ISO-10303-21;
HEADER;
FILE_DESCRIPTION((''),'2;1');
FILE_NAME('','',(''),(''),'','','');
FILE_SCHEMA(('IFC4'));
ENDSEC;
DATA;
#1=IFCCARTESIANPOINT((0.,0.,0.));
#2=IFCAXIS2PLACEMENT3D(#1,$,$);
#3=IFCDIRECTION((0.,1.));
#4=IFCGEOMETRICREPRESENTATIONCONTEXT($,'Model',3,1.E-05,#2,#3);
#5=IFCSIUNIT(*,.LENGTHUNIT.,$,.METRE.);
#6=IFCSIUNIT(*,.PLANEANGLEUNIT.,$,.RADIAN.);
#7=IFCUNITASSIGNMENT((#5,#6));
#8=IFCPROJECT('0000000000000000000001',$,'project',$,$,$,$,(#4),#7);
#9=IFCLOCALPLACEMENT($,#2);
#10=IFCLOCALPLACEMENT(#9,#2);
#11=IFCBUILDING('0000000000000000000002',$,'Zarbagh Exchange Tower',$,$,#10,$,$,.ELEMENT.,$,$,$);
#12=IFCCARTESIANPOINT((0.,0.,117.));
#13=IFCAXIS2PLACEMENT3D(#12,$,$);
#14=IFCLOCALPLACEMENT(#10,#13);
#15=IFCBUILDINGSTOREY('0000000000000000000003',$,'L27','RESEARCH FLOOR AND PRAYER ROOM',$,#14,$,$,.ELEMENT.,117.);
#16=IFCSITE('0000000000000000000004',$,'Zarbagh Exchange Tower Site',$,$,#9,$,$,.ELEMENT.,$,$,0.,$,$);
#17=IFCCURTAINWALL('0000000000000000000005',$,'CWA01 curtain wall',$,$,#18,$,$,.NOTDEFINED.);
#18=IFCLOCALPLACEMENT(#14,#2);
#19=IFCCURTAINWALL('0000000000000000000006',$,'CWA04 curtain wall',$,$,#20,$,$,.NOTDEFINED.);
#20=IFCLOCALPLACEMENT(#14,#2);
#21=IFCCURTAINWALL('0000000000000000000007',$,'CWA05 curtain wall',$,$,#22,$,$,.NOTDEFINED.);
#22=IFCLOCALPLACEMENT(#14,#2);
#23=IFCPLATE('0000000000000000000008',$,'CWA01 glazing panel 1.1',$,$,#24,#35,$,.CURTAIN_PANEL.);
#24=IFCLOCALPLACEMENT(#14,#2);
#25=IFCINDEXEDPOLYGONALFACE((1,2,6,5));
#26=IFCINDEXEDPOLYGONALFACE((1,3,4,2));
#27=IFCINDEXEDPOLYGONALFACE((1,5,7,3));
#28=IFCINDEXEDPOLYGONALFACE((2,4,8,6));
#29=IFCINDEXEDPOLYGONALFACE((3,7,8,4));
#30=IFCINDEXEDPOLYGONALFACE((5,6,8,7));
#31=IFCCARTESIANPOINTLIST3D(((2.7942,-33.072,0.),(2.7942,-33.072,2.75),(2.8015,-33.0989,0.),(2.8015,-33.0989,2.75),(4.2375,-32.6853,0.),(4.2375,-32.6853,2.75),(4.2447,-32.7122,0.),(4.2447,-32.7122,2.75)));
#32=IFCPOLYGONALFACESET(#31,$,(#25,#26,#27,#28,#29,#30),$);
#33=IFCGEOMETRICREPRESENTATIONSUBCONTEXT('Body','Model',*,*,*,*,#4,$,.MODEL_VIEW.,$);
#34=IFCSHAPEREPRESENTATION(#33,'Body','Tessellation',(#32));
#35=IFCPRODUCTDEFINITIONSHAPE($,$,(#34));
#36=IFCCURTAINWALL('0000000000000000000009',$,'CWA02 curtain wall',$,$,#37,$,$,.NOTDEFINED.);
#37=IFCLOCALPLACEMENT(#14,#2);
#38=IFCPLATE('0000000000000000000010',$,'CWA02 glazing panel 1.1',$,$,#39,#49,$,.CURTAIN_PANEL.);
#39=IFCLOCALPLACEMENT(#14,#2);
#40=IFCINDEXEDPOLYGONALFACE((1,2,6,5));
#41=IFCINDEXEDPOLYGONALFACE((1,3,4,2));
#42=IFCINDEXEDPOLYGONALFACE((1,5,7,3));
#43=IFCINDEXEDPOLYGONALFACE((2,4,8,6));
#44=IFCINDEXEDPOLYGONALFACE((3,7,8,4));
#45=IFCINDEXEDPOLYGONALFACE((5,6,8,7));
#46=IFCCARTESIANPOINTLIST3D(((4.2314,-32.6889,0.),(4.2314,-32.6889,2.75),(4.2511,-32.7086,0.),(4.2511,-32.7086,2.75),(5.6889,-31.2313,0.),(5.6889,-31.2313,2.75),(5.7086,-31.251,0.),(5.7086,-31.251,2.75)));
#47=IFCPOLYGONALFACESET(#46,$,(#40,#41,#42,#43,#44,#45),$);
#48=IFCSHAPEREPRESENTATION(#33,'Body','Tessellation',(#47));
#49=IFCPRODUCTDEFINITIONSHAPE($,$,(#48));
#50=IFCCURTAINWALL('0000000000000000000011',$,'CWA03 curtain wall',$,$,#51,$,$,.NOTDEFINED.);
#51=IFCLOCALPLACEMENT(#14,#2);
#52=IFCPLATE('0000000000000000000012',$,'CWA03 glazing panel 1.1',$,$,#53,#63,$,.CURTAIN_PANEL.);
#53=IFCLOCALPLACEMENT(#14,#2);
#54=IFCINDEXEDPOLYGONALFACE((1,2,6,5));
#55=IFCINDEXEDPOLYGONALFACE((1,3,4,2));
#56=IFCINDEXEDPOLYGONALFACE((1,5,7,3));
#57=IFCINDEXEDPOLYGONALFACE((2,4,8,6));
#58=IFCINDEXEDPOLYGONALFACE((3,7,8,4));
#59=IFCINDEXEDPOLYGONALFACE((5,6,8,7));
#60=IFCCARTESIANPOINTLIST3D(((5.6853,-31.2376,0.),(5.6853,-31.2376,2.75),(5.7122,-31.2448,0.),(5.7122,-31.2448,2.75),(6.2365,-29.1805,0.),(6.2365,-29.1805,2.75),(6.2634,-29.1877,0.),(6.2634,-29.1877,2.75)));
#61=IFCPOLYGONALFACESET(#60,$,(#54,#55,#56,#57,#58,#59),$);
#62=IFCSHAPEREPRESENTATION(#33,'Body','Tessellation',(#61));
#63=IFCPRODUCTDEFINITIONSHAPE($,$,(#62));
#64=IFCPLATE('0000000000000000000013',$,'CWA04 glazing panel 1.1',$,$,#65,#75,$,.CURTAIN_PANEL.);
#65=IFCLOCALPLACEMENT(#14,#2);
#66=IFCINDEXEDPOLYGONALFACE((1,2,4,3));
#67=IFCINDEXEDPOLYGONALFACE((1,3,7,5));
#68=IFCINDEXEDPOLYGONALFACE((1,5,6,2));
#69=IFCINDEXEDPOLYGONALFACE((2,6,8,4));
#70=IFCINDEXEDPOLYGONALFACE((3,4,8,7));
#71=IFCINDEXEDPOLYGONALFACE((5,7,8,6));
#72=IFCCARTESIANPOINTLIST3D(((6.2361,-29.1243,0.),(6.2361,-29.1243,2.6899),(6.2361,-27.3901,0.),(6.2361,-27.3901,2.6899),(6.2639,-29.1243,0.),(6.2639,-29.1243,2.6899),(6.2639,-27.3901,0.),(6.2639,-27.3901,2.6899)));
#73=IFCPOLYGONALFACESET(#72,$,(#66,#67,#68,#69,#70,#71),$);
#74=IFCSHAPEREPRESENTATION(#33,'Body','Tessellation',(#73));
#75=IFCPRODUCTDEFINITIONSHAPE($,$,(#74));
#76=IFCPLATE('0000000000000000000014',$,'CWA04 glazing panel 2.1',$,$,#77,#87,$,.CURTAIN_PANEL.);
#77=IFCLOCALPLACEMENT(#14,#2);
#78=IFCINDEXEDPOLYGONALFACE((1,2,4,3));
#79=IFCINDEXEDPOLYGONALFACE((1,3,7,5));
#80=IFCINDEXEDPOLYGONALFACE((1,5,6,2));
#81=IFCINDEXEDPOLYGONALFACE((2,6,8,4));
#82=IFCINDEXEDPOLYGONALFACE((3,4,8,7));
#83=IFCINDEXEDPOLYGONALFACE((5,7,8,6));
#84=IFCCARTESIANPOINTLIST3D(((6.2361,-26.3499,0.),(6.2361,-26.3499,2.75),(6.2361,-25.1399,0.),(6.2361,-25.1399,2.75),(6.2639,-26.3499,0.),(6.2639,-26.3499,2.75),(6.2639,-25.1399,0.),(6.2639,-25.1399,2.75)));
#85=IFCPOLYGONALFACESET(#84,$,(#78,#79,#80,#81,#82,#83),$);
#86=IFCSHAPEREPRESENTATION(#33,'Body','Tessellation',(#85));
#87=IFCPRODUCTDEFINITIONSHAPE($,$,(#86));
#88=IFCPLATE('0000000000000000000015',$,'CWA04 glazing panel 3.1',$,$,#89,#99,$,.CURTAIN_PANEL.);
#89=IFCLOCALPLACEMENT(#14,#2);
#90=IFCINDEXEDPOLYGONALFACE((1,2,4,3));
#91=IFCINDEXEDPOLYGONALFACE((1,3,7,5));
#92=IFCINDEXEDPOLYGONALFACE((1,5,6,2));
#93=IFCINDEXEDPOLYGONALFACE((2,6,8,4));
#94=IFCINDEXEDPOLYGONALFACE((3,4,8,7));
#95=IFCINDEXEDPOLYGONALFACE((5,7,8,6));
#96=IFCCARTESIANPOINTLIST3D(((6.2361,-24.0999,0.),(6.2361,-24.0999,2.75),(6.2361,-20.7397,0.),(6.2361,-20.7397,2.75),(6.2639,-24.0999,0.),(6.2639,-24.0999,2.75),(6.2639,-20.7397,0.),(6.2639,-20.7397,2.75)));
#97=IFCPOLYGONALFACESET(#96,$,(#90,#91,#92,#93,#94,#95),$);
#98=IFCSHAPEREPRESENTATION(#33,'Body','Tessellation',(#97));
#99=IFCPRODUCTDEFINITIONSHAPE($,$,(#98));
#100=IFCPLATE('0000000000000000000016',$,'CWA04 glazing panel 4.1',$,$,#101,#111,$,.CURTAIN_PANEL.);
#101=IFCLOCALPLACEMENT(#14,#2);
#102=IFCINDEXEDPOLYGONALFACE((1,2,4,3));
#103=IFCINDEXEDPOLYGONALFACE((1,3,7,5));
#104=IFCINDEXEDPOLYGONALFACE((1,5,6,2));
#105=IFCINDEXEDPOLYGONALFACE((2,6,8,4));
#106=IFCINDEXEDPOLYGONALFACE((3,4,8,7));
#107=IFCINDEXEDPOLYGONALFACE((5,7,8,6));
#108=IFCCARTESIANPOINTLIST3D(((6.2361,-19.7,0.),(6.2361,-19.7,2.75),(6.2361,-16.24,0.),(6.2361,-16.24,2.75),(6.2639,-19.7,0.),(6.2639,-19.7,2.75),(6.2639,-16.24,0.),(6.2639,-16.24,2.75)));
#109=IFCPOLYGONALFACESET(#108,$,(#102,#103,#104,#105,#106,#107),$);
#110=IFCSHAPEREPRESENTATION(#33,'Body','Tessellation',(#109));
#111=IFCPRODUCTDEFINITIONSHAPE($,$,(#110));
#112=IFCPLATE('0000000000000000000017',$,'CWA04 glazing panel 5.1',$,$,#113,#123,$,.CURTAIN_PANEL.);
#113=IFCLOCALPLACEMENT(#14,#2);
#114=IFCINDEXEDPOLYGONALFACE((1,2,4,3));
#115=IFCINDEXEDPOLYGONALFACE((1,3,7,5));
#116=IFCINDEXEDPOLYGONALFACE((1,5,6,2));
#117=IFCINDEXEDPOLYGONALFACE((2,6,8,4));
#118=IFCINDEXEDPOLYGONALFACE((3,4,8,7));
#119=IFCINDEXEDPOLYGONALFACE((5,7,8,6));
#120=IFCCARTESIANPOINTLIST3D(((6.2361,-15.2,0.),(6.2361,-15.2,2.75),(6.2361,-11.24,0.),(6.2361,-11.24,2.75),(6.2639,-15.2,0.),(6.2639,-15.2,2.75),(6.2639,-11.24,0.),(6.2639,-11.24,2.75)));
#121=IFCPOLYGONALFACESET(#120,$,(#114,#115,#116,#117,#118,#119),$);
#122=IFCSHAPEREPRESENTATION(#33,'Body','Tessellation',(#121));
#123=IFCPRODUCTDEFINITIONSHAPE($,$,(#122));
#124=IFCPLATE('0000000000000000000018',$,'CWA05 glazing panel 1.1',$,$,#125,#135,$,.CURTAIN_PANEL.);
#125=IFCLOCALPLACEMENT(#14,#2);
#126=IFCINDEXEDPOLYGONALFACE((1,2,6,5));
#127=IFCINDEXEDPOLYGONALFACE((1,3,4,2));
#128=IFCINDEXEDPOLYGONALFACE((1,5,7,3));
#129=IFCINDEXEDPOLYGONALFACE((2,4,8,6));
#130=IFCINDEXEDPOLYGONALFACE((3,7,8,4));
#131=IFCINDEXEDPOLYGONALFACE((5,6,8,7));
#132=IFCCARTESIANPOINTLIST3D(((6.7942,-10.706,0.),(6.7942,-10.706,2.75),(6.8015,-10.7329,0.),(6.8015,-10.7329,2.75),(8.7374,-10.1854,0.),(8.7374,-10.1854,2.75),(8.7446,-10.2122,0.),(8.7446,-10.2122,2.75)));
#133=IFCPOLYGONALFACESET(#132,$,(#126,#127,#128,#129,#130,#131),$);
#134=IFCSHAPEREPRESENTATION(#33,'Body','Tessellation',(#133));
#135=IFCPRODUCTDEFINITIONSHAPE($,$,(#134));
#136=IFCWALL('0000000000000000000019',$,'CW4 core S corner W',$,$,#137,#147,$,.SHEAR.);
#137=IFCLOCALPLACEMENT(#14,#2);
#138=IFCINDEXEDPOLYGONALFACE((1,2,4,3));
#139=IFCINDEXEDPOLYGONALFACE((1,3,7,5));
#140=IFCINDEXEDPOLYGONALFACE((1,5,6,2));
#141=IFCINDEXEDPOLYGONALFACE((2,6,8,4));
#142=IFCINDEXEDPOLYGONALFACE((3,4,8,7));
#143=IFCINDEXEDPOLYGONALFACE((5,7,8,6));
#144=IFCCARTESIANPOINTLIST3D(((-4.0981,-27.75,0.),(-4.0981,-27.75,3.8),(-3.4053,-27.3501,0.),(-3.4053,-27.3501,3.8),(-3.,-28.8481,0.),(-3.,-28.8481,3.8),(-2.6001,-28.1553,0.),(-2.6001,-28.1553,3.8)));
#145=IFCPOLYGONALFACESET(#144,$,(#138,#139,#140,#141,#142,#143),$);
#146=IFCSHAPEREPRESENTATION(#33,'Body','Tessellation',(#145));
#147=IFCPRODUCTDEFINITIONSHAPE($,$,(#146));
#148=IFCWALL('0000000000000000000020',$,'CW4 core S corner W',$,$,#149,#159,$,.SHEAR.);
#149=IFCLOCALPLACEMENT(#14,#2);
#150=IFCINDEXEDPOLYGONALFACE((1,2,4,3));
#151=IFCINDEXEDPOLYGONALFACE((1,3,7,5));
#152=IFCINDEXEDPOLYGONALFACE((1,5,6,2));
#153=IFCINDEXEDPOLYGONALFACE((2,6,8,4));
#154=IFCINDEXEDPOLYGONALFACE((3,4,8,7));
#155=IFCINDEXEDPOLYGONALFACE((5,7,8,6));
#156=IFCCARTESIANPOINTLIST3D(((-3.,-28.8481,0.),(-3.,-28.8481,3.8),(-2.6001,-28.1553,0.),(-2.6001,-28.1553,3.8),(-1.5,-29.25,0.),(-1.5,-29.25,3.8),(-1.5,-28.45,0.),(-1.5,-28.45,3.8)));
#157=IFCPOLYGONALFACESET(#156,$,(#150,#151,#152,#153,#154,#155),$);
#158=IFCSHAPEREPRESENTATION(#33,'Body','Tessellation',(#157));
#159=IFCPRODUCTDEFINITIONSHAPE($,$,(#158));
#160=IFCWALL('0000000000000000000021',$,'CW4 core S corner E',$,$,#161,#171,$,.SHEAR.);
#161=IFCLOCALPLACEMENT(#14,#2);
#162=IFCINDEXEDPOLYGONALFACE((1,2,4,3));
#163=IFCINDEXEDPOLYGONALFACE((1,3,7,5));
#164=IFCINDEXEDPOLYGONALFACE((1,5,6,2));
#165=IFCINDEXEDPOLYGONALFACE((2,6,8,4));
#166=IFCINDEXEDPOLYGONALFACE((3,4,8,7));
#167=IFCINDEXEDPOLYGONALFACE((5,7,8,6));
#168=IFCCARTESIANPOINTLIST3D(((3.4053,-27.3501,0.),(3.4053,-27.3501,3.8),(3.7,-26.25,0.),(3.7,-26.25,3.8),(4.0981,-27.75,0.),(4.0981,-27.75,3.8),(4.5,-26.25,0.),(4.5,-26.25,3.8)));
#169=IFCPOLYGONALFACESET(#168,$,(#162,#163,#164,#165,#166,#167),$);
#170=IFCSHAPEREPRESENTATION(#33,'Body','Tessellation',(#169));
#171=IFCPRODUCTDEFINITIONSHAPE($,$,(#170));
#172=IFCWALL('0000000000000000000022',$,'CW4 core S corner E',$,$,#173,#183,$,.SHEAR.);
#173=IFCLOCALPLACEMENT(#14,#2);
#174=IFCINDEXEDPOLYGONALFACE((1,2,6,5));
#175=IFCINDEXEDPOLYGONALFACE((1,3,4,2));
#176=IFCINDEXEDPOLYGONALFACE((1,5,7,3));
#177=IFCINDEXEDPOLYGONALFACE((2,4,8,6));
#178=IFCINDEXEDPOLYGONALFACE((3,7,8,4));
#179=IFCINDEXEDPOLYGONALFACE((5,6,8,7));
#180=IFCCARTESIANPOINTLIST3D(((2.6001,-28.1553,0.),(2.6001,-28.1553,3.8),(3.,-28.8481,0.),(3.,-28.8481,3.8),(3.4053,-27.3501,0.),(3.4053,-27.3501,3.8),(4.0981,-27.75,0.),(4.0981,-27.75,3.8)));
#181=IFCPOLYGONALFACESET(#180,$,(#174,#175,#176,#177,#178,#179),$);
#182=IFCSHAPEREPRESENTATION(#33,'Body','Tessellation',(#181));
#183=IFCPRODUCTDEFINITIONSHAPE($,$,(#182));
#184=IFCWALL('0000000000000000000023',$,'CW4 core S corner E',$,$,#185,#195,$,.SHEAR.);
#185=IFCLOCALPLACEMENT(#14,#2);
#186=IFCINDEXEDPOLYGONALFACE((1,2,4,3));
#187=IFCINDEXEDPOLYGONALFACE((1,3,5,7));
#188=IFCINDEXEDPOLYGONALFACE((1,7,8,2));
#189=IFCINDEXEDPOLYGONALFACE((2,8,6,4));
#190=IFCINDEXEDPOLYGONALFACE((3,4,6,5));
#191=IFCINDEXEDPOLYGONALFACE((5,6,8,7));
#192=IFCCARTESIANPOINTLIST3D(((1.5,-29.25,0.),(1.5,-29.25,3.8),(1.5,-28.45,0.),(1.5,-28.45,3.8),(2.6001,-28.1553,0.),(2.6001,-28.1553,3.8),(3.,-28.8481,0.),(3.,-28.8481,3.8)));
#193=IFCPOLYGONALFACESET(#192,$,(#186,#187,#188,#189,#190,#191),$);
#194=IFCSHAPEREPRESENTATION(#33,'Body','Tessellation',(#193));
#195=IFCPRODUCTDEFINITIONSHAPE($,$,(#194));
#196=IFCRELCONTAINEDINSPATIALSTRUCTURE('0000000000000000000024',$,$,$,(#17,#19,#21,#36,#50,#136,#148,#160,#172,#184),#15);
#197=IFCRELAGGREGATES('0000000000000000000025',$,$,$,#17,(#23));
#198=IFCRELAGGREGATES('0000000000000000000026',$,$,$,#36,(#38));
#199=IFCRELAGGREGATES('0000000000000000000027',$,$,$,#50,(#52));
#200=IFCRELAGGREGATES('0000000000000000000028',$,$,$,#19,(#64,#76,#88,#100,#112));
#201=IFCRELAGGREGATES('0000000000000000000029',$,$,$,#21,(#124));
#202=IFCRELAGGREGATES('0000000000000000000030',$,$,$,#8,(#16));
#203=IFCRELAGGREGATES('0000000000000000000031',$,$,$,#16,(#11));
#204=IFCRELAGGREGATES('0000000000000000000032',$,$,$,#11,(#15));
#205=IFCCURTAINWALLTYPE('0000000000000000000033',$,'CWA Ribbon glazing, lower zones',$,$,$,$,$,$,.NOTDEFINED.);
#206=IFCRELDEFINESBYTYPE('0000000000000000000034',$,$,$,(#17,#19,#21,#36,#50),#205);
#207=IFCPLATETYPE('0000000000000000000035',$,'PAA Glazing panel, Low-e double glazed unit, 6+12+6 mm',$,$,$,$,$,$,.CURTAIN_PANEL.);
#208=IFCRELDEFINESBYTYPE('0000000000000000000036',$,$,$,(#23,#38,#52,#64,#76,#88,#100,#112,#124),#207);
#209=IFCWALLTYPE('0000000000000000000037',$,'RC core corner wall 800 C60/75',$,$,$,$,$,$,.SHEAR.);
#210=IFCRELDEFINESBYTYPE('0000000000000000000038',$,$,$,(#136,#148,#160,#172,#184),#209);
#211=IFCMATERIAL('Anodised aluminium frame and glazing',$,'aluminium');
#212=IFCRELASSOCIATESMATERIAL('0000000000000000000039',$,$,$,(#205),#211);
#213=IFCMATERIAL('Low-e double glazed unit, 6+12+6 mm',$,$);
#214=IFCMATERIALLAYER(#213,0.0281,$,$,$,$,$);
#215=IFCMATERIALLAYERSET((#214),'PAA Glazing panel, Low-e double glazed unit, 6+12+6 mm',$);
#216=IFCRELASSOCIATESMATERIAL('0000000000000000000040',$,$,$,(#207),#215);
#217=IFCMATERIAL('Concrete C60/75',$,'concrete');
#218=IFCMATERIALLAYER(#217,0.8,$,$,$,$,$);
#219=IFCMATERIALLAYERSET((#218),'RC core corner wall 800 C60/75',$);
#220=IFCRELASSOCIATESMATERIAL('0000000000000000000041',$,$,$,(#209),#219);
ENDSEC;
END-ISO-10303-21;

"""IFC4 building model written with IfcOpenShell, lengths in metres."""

from ifc_helpers import new_model, si_unit, direction, frame, origin, place, context, subcontext, project, spatial, polyline, outline, extrude, source, transform, mapped, material, layer, layer_set, type_object, element, aggregate, save


model = new_model("IFC4")

# Units and contexts
model_context = context("Model", 3, precision=1e-05, world=origin(), true_north=direction((0.0, 1.0)))
body_context = subcontext(model_context, "Body", "Model", "MODEL_VIEW")
ifc_project = project(units=[si_unit("LENGTHUNIT", "METRE"), si_unit("PLANEANGLEUNIT", "RADIAN")], contexts=[model_context])

# Site, building, storey
site_placement = place(None, origin())
site = spatial("IfcSite", under=ifc_project, at=site_placement, Name="Zarbagh Exchange Tower Site", CompositionType="ELEMENT", RefElevation=0.0)
building_placement = place(site_placement, origin())
building = spatial("IfcBuilding", under=site, at=building_placement, Name="Zarbagh Exchange Tower", CompositionType="ELEMENT")
storey_placement = place(building_placement, frame((0.0, 0.0, 117.0)))
storey = spatial("IfcBuildingStorey", under=building, at=storey_placement, Name="L27", Description="RESEARCH FLOOR AND PRAYER ROOM", CompositionType="ELEMENT", Elevation=117.0)

# Curtain wall
ifc_material_1 = material(Name="Anodised aluminium frame and glazing", Category="aluminium")
curtain_wall_type = type_object("IfcCurtainWallType", Name="CWA Ribbon glazing, lower zones", PredefinedType="NOTDEFINED", material=ifc_material_1)
curtain_wall_1_placement = place(storey_placement, origin())
curtain_wall_1 = element("IfcCurtainWall", 1, at=curtain_wall_1_placement, inside=storey, type_object=curtain_wall_type, Name="CWA01 curtain wall", PredefinedType="NOTDEFINED")
placement = place(storey_placement, origin())

# Curtain wall
curtain_wall_2_placement = place(storey_placement, origin())
curtain_wall_2 = element("IfcCurtainWall", 2, at=curtain_wall_2_placement, inside=storey, type_object=curtain_wall_type, Name="CWA04 curtain wall", PredefinedType="NOTDEFINED")

# Curtain wall
curtain_wall_3_placement = place(storey_placement, origin())
curtain_wall_3 = element("IfcCurtainWall", 3, at=curtain_wall_3_placement, inside=storey, type_object=curtain_wall_type, Name="CWA05 curtain wall", PredefinedType="NOTDEFINED")

# Plate
ifc_material_2 = material(Name="Low-e double glazed unit, 6+12+6 mm")
ifc_layer_1 = layer(ifc_material_2, 0.0281)
ifc_layer_set_1 = layer_set([ifc_layer_1], Name="PAA Glazing panel, Low-e double glazed unit, 6+12+6 mm")
plate_type = type_object("IfcPlateType", Name="PAA Glazing panel, Low-e double glazed unit, 6+12+6 mm", PredefinedType="CURTAIN_PANEL", material=ifc_layer_set_1)
shared_shape_1 = source(origin(), body_context, "Body", "SweptSolid", [
    extrude(outline(polyline([(0.0, -0.0139), (1.4941, -0.0139), (1.4941, 0.0139), (0.0, 0.0139), (0.0, -0.0139)])), origin(), (0.0, 0.0, 1.0), 2.75),
])
plate_1 = element("IfcPlate", 4, at=placement, type_object=plate_type, Name="CWA01 glazing panel 1.1", PredefinedType="CURTAIN_PANEL", context=body_context, shape_type="MappedRepresentation", body=[
    mapped(shared_shape_1, transform((2.7979, -33.0854, 0.0), x_axis=(0.965924, 0.258825, 0.0), y_axis=(-0.258825, 0.965924, 0.0), z_axis=(0.0, 0.0, 1.0))),
])
aggregate(curtain_wall_1, [plate_1])

# Curtain walls, plates
curtain_wall_4_placement = place(storey_placement, origin())
curtain_wall_4 = element("IfcCurtainWall", 5, at=curtain_wall_4_placement, inside=storey, type_object=curtain_wall_type, Name="CWA02 curtain wall", PredefinedType="NOTDEFINED")
shared_shape_2 = source(origin(), body_context, "Body", "SweptSolid", [
    extrude(outline(polyline([(0.0, -0.0139), (2.0613, -0.0139), (2.0613, 0.0139), (0.0, 0.0139), (0.0, -0.0139)])), origin(), (0.0, 0.0, 1.0), 2.75),
])
plate_2 = element("IfcPlate", 6, at=placement, type_object=plate_type, Name="CWA02 glazing panel 1.1", PredefinedType="CURTAIN_PANEL", context=body_context, shape_type="MappedRepresentation", body=[
    mapped(shared_shape_2, transform((4.2412, -32.6987, 0.0), x_axis=(0.707107, 0.707107, 0.0), y_axis=(-0.707107, 0.707107, 0.0), z_axis=(0.0, 0.0, 1.0))),
])
aggregate(curtain_wall_4, [plate_2])
curtain_wall_5_placement = place(storey_placement, origin())
curtain_wall_5 = element("IfcCurtainWall", 7, at=curtain_wall_5_placement, inside=storey, type_object=curtain_wall_type, Name="CWA03 curtain wall", PredefinedType="NOTDEFINED")
shared_shape_3 = source(origin(), body_context, "Body", "SweptSolid", [
    extrude(outline(polyline([(0.0, -0.0139), (2.1296, -0.0139), (2.1296, 0.0139), (0.0, 0.0139), (0.0, -0.0139)])), origin(), (0.0, 0.0, 1.0), 2.75),
])
plate_3 = element("IfcPlate", 8, at=placement, type_object=plate_type, Name="CWA03 glazing panel 1.1", PredefinedType="CURTAIN_PANEL", context=body_context, shape_type="MappedRepresentation", body=[
    mapped(shared_shape_3, transform((5.6987, -31.2412, 0.0), x_axis=(0.258825, 0.965924, 0.0), y_axis=(-0.965924, 0.258825, 0.0), z_axis=(0.0, 0.0, 1.0))),
])
aggregate(curtain_wall_5, [plate_3])

# Plates
shared_shape_4 = source(origin(), body_context, "Body", "SweptSolid", [
    extrude(outline(polyline([(0.0, -0.0139), (1.7341, -0.0139), (1.7341, 0.0139), (0.0, 0.0139), (0.0, -0.0139)])), origin(), (0.0, 0.0, 1.0), 2.6899),
])
plate_4 = element("IfcPlate", 9, at=placement, type_object=plate_type, Name="CWA04 glazing panel 1.1", PredefinedType="CURTAIN_PANEL", context=body_context, shape_type="MappedRepresentation", body=[
    mapped(shared_shape_4, transform((6.25, -29.1243, 0.0), x_axis=(0.0, 1.0, 0.0), y_axis=(-1.0, 0.0, 0.0), z_axis=(0.0, 0.0, 1.0))),
])
shared_shape_5 = source(origin(), body_context, "Body", "SweptSolid", [
    extrude(outline(polyline([(0.0, -0.0139), (1.21, -0.0139), (1.21, 0.0139), (0.0, 0.0139), (0.0, -0.0139)])), origin(), (0.0, 0.0, 1.0), 2.75),
])
plate_5 = element("IfcPlate", 10, at=placement, type_object=plate_type, Name="CWA04 glazing panel 2.1", PredefinedType="CURTAIN_PANEL", context=body_context, shape_type="MappedRepresentation", body=[
    mapped(shared_shape_5, transform((6.25, -26.3499, 0.0), x_axis=(0.0, 1.0, 0.0), y_axis=(-1.0, 0.0, 0.0), z_axis=(0.0, 0.0, 1.0))),
])
shared_shape_6 = source(origin(), body_context, "Body", "SweptSolid", [
    extrude(outline(polyline([(0.0, -0.0139), (3.3601, -0.0139), (3.3601, 0.0139), (0.0, 0.0139), (0.0, -0.0139)])), origin(), (0.0, 0.0, 1.0), 2.75),
])
plate_6 = element("IfcPlate", 11, at=placement, type_object=plate_type, Name="CWA04 glazing panel 3.1", PredefinedType="CURTAIN_PANEL", context=body_context, shape_type="MappedRepresentation", body=[
    mapped(shared_shape_6, transform((6.25, -24.0999, 0.0), x_axis=(0.0, 1.0, 0.0), y_axis=(-1.0, 0.0, 0.0), z_axis=(0.0, 0.0, 1.0))),
])
shared_shape_7 = source(origin(), body_context, "Body", "SweptSolid", [
    extrude(outline(polyline([(0.0, -0.0139), (3.46, -0.0139), (3.46, 0.0139), (0.0, 0.0139), (0.0, -0.0139)])), origin(), (0.0, 0.0, 1.0), 2.75),
])
plate_7 = element("IfcPlate", 12, at=placement, type_object=plate_type, Name="CWA04 glazing panel 4.1", PredefinedType="CURTAIN_PANEL", context=body_context, shape_type="MappedRepresentation", body=[
    mapped(shared_shape_7, transform((6.25, -19.7, 0.0), x_axis=(0.0, 1.0, 0.0), y_axis=(-1.0, 0.0, 0.0), z_axis=(0.0, 0.0, 1.0))),
])
shared_shape_8 = source(origin(), body_context, "Body", "SweptSolid", [
    extrude(outline(polyline([(0.0, -0.0139), (3.96, -0.0139), (3.96, 0.0139), (0.0, 0.0139), (0.0, -0.0139)])), origin(), (0.0, 0.0, 1.0), 2.75),
])
plate_8 = element("IfcPlate", 13, at=placement, type_object=plate_type, Name="CWA04 glazing panel 5.1", PredefinedType="CURTAIN_PANEL", context=body_context, shape_type="MappedRepresentation", body=[
    mapped(shared_shape_8, transform((6.25, -15.2, 0.0), x_axis=(0.0, 1.0, 0.0), y_axis=(-1.0, 0.0, 0.0), z_axis=(0.0, 0.0, 1.0))),
])
aggregate(curtain_wall_2, [plate_4, plate_5, plate_6, plate_7, plate_8])
shared_shape_9 = source(origin(), body_context, "Body", "SweptSolid", [
    extrude(outline(polyline([(0.0, -0.0139), (2.0117, -0.0139), (2.0117, 0.0139), (0.0, 0.0139), (0.0, -0.0139)])), origin(), (0.0, 0.0, 1.0), 2.75),
])
plate_9 = element("IfcPlate", 14, at=placement, type_object=plate_type, Name="CWA05 glazing panel 1.1", PredefinedType="CURTAIN_PANEL", context=body_context, shape_type="MappedRepresentation", body=[
    mapped(shared_shape_9, transform((6.7979, -10.7195, 0.0), x_axis=(0.965924, 0.258825, 0.0), y_axis=(-0.258825, 0.965924, 0.0), z_axis=(0.0, 0.0, 1.0))),
])
aggregate(curtain_wall_3, [plate_9])

# Walls
ifc_material_3 = material(Name="Concrete C60/75", Category="concrete")
ifc_layer_2 = layer(ifc_material_3, 0.8)
ifc_layer_set_2 = layer_set([ifc_layer_2], Name="RC core corner wall 800 C60/75")
wall_type = type_object("IfcWallType", Name="RC core corner wall 800 C60/75", PredefinedType="SHEAR", material=ifc_layer_set_2)
wall_1_placement = place(storey_placement, origin())
element("IfcWall", 15, at=wall_1_placement, inside=storey, type_object=wall_type, Name="CW4 core S corner W", PredefinedType="SHEAR", context=body_context, shape_type="SweptSolid", body=[
    extrude(outline(polyline([(-4.0981, -27.75), (-3.0, -28.8481), (-2.6001, -28.1553), (-3.4053, -27.3501), (-4.0981, -27.75)])), origin(), (0.0, 0.0, 1.0), 3.8),
])
wall_2_placement = place(storey_placement, origin())
element("IfcWall", 16, at=wall_2_placement, inside=storey, type_object=wall_type, Name="CW4 core S corner W", PredefinedType="SHEAR", context=body_context, shape_type="SweptSolid", body=[
    extrude(outline(polyline([(-3.0, -28.8481), (-1.5, -29.25), (-1.5, -28.45), (-2.6001, -28.1553), (-3.0, -28.8481)])), origin(), (0.0, 0.0, 1.0), 3.8),
])
wall_3_placement = place(storey_placement, origin())
element("IfcWall", 17, at=wall_3_placement, inside=storey, type_object=wall_type, Name="CW4 core S corner E", PredefinedType="SHEAR", context=body_context, shape_type="SweptSolid", body=[
    extrude(outline(polyline([(4.5, -26.25), (4.0981, -27.75), (3.4053, -27.3501), (3.7, -26.25), (4.5, -26.25)])), origin(), (0.0, 0.0, 1.0), 3.8),
])
wall_4_placement = place(storey_placement, origin())
element("IfcWall", 18, at=wall_4_placement, inside=storey, type_object=wall_type, Name="CW4 core S corner E", PredefinedType="SHEAR", context=body_context, shape_type="SweptSolid", body=[
    extrude(outline(polyline([(4.0981, -27.75), (3.0, -28.8481), (2.6001, -28.1553), (3.4053, -27.3501), (4.0981, -27.75)])), origin(), (0.0, 0.0, 1.0), 3.8),
])
wall_5_placement = place(storey_placement, origin())
element("IfcWall", 19, at=wall_5_placement, inside=storey, type_object=wall_type, Name="CW4 core S corner E", PredefinedType="SHEAR", context=body_context, shape_type="SweptSolid", body=[
    extrude(outline(polyline([(3.0, -28.8481), (1.5, -29.25), (1.5, -28.45), (2.6001, -28.1553), (3.0, -28.8481)])), origin(), (0.0, 0.0, 1.0), 3.8),
])

save(model, "model.ifc")
